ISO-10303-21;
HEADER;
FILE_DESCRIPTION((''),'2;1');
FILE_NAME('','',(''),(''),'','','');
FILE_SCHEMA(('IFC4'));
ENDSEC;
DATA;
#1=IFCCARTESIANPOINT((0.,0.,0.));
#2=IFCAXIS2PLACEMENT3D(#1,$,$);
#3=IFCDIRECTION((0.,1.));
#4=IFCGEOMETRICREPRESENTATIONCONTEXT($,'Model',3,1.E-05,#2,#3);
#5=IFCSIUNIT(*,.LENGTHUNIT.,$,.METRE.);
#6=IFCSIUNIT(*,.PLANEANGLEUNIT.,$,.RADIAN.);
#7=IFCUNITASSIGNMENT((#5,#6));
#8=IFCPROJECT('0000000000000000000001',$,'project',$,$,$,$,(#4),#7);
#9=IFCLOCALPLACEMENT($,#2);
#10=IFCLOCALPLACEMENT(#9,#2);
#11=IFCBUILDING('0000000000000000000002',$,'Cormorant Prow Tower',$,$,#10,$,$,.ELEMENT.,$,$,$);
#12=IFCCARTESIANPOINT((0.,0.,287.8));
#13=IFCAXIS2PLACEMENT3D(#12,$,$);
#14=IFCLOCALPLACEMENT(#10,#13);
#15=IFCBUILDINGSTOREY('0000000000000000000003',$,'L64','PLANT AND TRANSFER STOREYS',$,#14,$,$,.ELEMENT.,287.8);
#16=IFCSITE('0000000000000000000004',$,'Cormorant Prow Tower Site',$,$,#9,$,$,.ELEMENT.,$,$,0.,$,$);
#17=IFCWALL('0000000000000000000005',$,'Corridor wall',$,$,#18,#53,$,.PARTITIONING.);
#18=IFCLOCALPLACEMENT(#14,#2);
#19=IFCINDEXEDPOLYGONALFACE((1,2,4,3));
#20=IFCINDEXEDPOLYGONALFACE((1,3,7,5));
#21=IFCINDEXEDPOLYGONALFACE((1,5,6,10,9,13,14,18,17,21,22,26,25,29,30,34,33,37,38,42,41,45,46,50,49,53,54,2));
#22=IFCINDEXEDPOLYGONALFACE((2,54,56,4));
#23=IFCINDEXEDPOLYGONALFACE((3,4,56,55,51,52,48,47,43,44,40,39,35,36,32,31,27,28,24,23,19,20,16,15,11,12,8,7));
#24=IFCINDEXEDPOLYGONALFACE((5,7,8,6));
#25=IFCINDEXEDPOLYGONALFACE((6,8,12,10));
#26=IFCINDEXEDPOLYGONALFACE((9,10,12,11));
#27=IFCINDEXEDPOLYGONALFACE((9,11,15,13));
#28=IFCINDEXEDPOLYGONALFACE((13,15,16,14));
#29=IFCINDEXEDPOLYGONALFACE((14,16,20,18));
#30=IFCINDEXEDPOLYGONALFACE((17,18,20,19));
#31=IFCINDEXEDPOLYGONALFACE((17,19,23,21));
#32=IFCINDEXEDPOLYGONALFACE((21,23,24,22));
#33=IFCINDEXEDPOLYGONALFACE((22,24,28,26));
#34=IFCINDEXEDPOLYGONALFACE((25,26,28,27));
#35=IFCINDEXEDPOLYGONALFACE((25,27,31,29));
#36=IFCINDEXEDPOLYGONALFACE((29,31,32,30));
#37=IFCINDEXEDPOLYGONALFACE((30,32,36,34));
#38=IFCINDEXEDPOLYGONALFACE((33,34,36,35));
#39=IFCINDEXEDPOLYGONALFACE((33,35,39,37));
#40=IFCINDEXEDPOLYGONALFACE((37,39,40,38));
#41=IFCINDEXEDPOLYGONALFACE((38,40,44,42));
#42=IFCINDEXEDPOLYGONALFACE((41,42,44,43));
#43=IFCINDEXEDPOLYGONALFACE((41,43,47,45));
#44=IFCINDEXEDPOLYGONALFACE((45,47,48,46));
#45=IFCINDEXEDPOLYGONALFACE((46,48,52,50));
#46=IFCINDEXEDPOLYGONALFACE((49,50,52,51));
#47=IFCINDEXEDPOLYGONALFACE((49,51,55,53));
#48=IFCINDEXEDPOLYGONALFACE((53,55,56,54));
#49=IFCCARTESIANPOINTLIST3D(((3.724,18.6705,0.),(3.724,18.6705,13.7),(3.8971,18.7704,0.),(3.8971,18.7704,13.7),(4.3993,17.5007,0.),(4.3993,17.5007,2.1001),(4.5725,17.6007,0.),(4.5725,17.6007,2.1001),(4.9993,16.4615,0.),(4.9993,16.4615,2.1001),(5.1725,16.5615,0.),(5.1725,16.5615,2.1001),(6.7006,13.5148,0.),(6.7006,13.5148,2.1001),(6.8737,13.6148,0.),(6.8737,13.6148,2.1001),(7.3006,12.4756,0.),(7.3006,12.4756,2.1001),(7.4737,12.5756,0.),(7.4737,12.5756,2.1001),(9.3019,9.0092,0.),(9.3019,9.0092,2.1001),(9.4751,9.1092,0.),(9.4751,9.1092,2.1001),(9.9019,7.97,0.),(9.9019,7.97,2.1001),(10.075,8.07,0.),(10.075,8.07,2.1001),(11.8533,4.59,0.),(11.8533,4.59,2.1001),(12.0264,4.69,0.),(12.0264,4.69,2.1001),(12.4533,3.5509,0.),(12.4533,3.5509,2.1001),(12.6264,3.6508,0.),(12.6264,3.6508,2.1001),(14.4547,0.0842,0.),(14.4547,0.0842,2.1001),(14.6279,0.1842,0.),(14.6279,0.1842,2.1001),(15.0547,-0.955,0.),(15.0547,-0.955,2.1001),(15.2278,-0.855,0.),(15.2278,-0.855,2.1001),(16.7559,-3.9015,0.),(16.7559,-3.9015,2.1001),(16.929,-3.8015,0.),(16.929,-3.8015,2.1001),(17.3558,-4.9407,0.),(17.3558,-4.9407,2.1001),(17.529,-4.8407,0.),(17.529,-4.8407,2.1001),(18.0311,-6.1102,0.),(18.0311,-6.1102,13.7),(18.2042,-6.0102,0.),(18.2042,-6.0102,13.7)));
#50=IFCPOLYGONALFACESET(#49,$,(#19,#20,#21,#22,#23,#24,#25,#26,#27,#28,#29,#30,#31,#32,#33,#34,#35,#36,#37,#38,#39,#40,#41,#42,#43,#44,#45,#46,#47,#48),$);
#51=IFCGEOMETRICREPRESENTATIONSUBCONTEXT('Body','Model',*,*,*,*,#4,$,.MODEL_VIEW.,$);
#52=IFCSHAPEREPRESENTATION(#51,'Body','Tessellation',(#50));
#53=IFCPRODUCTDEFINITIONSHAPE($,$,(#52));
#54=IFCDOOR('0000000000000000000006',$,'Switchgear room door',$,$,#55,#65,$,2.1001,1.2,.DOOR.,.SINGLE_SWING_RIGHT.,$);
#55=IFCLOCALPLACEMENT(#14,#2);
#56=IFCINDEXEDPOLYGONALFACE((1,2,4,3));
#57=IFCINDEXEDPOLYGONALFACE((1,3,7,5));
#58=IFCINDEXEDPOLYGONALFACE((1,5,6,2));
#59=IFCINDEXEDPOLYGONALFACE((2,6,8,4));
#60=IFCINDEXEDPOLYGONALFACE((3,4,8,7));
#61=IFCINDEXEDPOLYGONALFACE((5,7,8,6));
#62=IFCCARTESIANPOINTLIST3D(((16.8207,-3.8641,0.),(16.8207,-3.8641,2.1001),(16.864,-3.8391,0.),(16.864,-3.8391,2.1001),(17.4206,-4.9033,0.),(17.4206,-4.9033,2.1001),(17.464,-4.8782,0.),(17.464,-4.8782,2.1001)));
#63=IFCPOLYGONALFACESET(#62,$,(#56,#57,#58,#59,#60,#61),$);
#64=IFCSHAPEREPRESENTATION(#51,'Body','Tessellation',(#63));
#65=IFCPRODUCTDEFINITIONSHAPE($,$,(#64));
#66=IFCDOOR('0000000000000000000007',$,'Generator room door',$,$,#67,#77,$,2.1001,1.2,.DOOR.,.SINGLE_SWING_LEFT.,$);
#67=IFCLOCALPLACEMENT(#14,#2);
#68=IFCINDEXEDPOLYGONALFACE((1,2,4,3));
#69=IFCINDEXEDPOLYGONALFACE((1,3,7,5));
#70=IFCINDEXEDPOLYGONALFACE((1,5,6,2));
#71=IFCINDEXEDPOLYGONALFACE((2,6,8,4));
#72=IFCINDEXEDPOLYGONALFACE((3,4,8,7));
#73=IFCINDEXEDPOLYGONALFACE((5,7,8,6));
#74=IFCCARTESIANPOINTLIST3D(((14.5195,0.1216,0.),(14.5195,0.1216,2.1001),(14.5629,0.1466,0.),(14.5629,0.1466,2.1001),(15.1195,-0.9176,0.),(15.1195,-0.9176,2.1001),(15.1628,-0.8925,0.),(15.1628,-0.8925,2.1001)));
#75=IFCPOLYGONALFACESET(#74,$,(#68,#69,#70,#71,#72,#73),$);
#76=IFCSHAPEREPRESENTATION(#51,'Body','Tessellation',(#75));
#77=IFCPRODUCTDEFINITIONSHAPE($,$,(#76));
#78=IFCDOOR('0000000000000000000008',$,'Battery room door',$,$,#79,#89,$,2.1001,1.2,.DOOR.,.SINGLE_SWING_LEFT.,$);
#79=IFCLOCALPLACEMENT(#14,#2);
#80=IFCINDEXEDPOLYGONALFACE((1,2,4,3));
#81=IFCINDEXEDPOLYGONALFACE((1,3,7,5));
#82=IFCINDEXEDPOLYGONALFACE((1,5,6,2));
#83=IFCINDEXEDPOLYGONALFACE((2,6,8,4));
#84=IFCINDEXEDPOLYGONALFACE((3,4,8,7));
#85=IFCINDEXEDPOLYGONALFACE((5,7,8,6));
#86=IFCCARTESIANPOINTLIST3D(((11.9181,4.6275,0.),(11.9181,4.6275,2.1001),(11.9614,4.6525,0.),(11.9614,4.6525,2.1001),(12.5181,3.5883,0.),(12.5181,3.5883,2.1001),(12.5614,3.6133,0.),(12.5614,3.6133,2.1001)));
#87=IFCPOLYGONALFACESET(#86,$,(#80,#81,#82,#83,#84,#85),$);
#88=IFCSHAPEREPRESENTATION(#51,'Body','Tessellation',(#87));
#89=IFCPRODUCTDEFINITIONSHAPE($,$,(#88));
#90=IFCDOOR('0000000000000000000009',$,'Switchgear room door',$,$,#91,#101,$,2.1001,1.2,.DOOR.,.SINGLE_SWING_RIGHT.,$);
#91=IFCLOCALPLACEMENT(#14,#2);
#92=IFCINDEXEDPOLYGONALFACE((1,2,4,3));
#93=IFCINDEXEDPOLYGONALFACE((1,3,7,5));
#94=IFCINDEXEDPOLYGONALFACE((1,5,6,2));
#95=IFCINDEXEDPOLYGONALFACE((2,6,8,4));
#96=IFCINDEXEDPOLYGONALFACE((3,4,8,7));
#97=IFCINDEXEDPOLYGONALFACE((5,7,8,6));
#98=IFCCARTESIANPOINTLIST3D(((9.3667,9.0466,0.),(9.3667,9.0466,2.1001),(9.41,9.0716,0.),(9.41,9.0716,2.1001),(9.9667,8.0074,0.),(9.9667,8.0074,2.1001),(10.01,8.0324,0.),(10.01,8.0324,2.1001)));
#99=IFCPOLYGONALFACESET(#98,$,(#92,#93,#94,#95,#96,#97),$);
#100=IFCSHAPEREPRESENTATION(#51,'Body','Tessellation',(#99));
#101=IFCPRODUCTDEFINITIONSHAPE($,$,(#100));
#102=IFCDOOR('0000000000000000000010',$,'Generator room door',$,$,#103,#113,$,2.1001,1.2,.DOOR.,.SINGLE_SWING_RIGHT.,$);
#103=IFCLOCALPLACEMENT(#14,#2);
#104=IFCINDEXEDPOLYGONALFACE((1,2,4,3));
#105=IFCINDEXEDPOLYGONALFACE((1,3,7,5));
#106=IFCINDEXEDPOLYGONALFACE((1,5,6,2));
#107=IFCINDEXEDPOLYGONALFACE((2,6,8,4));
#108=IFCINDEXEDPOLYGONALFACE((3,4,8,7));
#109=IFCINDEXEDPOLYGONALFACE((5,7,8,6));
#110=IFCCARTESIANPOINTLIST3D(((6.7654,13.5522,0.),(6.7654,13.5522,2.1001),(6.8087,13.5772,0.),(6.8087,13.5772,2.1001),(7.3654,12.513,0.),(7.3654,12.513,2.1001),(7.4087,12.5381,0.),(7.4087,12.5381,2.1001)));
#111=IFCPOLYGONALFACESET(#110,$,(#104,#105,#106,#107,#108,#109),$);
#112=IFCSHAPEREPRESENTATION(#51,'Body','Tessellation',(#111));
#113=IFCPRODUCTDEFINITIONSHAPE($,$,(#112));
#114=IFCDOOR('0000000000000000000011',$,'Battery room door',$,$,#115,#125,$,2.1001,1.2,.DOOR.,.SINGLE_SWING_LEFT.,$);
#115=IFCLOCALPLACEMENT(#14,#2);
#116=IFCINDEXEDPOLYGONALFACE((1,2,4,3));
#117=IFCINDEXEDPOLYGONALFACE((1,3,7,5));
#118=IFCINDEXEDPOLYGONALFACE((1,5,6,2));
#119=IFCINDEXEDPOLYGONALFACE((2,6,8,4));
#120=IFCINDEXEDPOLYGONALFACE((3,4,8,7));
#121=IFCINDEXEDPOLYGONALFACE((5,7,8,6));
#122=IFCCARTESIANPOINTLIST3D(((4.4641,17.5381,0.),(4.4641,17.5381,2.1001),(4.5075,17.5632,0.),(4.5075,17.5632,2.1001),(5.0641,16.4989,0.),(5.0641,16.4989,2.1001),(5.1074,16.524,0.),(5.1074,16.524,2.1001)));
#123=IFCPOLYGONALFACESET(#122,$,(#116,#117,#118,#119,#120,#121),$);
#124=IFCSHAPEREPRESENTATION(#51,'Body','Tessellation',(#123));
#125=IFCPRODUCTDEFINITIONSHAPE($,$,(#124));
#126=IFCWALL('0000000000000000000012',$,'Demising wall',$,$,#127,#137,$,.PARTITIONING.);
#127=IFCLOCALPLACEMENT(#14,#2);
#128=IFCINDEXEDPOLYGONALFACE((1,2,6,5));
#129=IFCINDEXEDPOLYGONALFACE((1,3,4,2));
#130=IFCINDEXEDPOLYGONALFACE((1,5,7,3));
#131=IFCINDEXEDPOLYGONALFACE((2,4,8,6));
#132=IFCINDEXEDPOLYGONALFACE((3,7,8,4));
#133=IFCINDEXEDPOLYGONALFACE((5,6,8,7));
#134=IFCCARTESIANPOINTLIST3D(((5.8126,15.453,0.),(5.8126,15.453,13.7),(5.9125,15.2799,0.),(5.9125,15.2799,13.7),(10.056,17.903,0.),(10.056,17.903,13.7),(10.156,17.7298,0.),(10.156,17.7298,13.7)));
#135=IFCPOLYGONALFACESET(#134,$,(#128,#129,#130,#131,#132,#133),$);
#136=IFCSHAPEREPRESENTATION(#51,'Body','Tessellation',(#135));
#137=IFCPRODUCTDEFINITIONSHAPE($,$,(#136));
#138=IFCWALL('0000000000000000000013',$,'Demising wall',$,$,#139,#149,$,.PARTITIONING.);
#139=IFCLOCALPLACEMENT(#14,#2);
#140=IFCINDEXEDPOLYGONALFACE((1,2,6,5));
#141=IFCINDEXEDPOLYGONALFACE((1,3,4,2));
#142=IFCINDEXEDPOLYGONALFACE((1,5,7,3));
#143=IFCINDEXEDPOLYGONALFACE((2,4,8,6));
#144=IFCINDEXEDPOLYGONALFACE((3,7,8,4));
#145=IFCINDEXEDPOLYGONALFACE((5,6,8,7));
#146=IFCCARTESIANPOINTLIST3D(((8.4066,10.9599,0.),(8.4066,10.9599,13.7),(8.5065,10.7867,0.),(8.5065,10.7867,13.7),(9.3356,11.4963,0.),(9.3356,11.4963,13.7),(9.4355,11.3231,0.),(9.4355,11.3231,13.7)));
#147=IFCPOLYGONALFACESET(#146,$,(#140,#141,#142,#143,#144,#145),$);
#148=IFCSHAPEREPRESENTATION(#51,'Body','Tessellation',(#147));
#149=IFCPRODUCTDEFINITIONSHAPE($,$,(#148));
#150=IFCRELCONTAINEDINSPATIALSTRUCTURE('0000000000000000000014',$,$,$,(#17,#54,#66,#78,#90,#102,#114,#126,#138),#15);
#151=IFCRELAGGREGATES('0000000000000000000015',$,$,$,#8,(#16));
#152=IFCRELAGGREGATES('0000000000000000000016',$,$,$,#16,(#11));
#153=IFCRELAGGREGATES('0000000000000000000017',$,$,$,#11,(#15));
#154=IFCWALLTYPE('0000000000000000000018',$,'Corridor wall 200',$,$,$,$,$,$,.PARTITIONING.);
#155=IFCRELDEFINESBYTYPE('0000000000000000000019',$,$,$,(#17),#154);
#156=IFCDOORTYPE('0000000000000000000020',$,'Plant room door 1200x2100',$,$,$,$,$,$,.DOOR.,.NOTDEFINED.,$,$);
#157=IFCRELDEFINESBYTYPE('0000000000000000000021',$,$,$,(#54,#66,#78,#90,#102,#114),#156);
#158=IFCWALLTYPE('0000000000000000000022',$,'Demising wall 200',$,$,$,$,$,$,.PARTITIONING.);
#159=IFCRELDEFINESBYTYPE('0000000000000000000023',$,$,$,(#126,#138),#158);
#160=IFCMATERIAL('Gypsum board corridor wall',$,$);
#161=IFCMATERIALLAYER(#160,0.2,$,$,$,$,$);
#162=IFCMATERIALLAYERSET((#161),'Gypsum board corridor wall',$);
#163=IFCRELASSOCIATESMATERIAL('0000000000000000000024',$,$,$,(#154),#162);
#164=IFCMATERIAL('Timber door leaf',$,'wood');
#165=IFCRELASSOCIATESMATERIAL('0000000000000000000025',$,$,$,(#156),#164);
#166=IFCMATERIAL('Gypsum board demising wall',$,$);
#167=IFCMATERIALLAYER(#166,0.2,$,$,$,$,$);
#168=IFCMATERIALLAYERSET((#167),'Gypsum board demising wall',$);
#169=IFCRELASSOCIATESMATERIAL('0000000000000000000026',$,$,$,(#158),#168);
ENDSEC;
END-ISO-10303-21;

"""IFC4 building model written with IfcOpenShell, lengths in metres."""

from ifc_helpers import new_model, si_unit, direction, frame, frame_2d, origin, place, context, subcontext, project, spatial, rectangle, extrude, material, layer, layer_set, type_object, element, fill, save


model = new_model("IFC4")

# Units and contexts
model_context = context("Model", 3, precision=1e-05, world=origin(), true_north=direction((0.0, 1.0)))
body_context = subcontext(model_context, "Body", "Model", "MODEL_VIEW")
ifc_project = project(units=[si_unit("LENGTHUNIT", "METRE"), si_unit("PLANEANGLEUNIT", "RADIAN")], contexts=[model_context])

# Site, building, storey
site_placement = place(None, origin())
site = spatial("IfcSite", under=ifc_project, at=site_placement, Name="Cormorant Prow Tower Site", CompositionType="ELEMENT", RefElevation=0.0)
building_placement = place(site_placement, origin())
building = spatial("IfcBuilding", under=site, at=building_placement, Name="Cormorant Prow Tower", CompositionType="ELEMENT")
storey_placement = place(building_placement, frame((0.0, 0.0, 287.8)))
storey = spatial("IfcBuildingStorey", under=building, at=storey_placement, Name="L64", Description="PLANT AND TRANSFER STOREYS", CompositionType="ELEMENT", Elevation=287.8)

# Wall, openings, doors
ifc_material_1 = material(Name="Gypsum board corridor wall")
ifc_layer_1 = layer(ifc_material_1, 0.2)
ifc_layer_set_1 = layer_set([ifc_layer_1], Name="Gypsum board corridor wall")
wall_type_1 = type_object("IfcWallType", Name="Corridor wall 200", PredefinedType="PARTITIONING", material=ifc_layer_set_1)
wall_1_placement = place(storey_placement, frame((3.8105, 18.7205, 0.0), z_axis=(0.0, 0.0, 1.0), x_axis=(0.499999, -0.866026, 0.0)))
wall_1 = element("IfcWall", 1, at=wall_1_placement, inside=storey, type_object=wall_type_1, Name="Corridor wall", PredefinedType="PARTITIONING", context=body_context, shape_type="SweptSolid", body=[
    extrude(rectangle(XDim=28.6143, YDim=0.2, at=frame_2d((14.3071, 0.0))), origin(), (0.0, 0.0, 1.0), 13.7),
])
opening_1_placement = place(wall_1_placement, frame((26.0637, 0.0, 0.0)))
opening_1 = element("IfcOpeningElement", 2, at=opening_1_placement, cuts=wall_1, PredefinedType="OPENING", context=body_context, shape_type="SweptSolid", body=[
    extrude(rectangle(XDim=1.2, YDim=2.1001, at=frame_2d((0.6001, 1.05))), frame((0.0, 0.1099, 0.0), z_axis=(0.0, -1.0, 0.0), x_axis=(1.0, 0.0, 0.0)), (0.0, 0.0, 1.0), 0.22),
])
opening_2_placement = place(wall_1_placement, frame((21.4614, 0.0, 0.0)))
opening_2 = element("IfcOpeningElement", 3, at=opening_2_placement, cuts=wall_1, PredefinedType="OPENING", context=body_context, shape_type="SweptSolid", body=[
    extrude(rectangle(XDim=1.2, YDim=2.1001, at=frame_2d((0.6001, 1.05))), frame((0.0, 0.1099, 0.0), z_axis=(0.0, -1.0, 0.0), x_axis=(1.0, 0.0, 0.0)), (0.0, 0.0, 1.0), 0.22),
])
opening_3_placement = place(wall_1_placement, frame((16.2585, 0.0, 0.0)))
opening_3 = element("IfcOpeningElement", 4, at=opening_3_placement, cuts=wall_1, PredefinedType="OPENING", context=body_context, shape_type="SweptSolid", body=[
    extrude(rectangle(XDim=1.2, YDim=2.1001, at=frame_2d((0.6001, 1.05))), frame((0.0, 0.1099, 0.0), z_axis=(0.0, -1.0, 0.0), x_axis=(1.0, 0.0, 0.0)), (0.0, 0.0, 1.0), 0.22),
])
opening_4_placement = place(wall_1_placement, frame((11.1558, 0.0, 0.0)))
opening_4 = element("IfcOpeningElement", 5, at=opening_4_placement, cuts=wall_1, PredefinedType="OPENING", context=body_context, shape_type="SweptSolid", body=[
    extrude(rectangle(XDim=1.2, YDim=2.1001, at=frame_2d((0.6001, 1.05))), frame((0.0, 0.1099, 0.0), z_axis=(0.0, -1.0, 0.0), x_axis=(1.0, 0.0, 0.0)), (0.0, 0.0, 1.0), 0.22),
])
opening_5_placement = place(wall_1_placement, frame((5.9531, 0.0, 0.0)))
opening_5 = element("IfcOpeningElement", 6, at=opening_5_placement, cuts=wall_1, PredefinedType="OPENING", context=body_context, shape_type="SweptSolid", body=[
    extrude(rectangle(XDim=1.2, YDim=2.1001, at=frame_2d((0.6001, 1.05))), frame((0.0, 0.1099, 0.0), z_axis=(0.0, -1.0, 0.0), x_axis=(1.0, 0.0, 0.0)), (0.0, 0.0, 1.0), 0.22),
])
opening_6_placement = place(wall_1_placement, frame((1.3506, 0.0, 0.0)))
opening_6 = element("IfcOpeningElement", 7, at=opening_6_placement, cuts=wall_1, PredefinedType="OPENING", context=body_context, shape_type="SweptSolid", body=[
    extrude(rectangle(XDim=1.2, YDim=2.1001, at=frame_2d((0.6001, 1.05))), frame((0.0, 0.1099, 0.0), z_axis=(0.0, -1.0, 0.0), x_axis=(1.0, 0.0, 0.0)), (0.0, 0.0, 1.0), 0.22),
])
ifc_material_2 = material(Name="Timber door leaf", Category="wood")
door_type_1 = type_object("IfcDoorType", Name="Plant room door 1200x2100", OperationType="NOTDEFINED", PredefinedType="DOOR", material=ifc_material_2)
door_1_placement = place(opening_1_placement, origin())
door_1 = element("IfcDoor", 8, at=door_1_placement, inside=storey, type_object=door_type_1, Name="Switchgear room door", OperationType="SINGLE_SWING_RIGHT", OverallHeight=2.1001, OverallWidth=1.2, PredefinedType="DOOR", context=body_context, shape_type="SweptSolid", body=[
    extrude(rectangle(XDim=1.2, YDim=2.1001, at=frame_2d((0.6001, 1.05))), frame((0.0, 0.0249, 0.0), z_axis=(0.0, -1.0, 0.0), x_axis=(1.0, 0.0, 0.0)), (0.0, 0.0, 1.0), 0.05),
])
fill(opening_1, door_1)
door_2_placement = place(opening_2_placement, origin())
door_2 = element("IfcDoor", 9, at=door_2_placement, inside=storey, type_object=door_type_1, Name="Generator room door", OperationType="SINGLE_SWING_LEFT", OverallHeight=2.1001, OverallWidth=1.2, PredefinedType="DOOR", context=body_context, shape_type="SweptSolid", body=[
    extrude(rectangle(XDim=1.2, YDim=2.1001, at=frame_2d((0.6001, 1.05))), frame((0.0, 0.0249, 0.0), z_axis=(0.0, -1.0, 0.0), x_axis=(1.0, 0.0, 0.0)), (0.0, 0.0, 1.0), 0.05),
])
fill(opening_2, door_2)
door_3_placement = place(opening_3_placement, origin())
door_3 = element("IfcDoor", 10, at=door_3_placement, inside=storey, type_object=door_type_1, Name="Battery room door", OperationType="SINGLE_SWING_LEFT", OverallHeight=2.1001, OverallWidth=1.2, PredefinedType="DOOR", context=body_context, shape_type="SweptSolid", body=[
    extrude(rectangle(XDim=1.2, YDim=2.1001, at=frame_2d((0.6001, 1.05))), frame((0.0, 0.0249, 0.0), z_axis=(0.0, -1.0, 0.0), x_axis=(1.0, 0.0, 0.0)), (0.0, 0.0, 1.0), 0.05),
])
fill(opening_3, door_3)
door_4_placement = place(opening_4_placement, origin())
door_4 = element("IfcDoor", 11, at=door_4_placement, inside=storey, type_object=door_type_1, Name="Switchgear room door", OperationType="SINGLE_SWING_RIGHT", OverallHeight=2.1001, OverallWidth=1.2, PredefinedType="DOOR", context=body_context, shape_type="SweptSolid", body=[
    extrude(rectangle(XDim=1.2, YDim=2.1001, at=frame_2d((0.6001, 1.05))), frame((0.0, 0.0249, 0.0), z_axis=(0.0, -1.0, 0.0), x_axis=(1.0, 0.0, 0.0)), (0.0, 0.0, 1.0), 0.05),
])
fill(opening_4, door_4)
door_5_placement = place(opening_5_placement, origin())
door_5 = element("IfcDoor", 12, at=door_5_placement, inside=storey, type_object=door_type_1, Name="Generator room door", OperationType="SINGLE_SWING_RIGHT", OverallHeight=2.1001, OverallWidth=1.2, PredefinedType="DOOR", context=body_context, shape_type="SweptSolid", body=[
    extrude(rectangle(XDim=1.2, YDim=2.1001, at=frame_2d((0.6001, 1.05))), frame((0.0, 0.0249, 0.0), z_axis=(0.0, -1.0, 0.0), x_axis=(1.0, 0.0, 0.0)), (0.0, 0.0, 1.0), 0.05),
])
fill(opening_5, door_5)
door_6_placement = place(opening_6_placement, origin())
door_6 = element("IfcDoor", 13, at=door_6_placement, inside=storey, type_object=door_type_1, Name="Battery room door", OperationType="SINGLE_SWING_LEFT", OverallHeight=2.1001, OverallWidth=1.2, PredefinedType="DOOR", context=body_context, shape_type="SweptSolid", body=[
    extrude(rectangle(XDim=1.2, YDim=2.1001, at=frame_2d((0.6001, 1.05))), frame((0.0, 0.0249, 0.0), z_axis=(0.0, -1.0, 0.0), x_axis=(1.0, 0.0, 0.0)), (0.0, 0.0, 1.0), 0.05),
])
fill(opening_6, door_6)

# Walls
ifc_material_3 = material(Name="Gypsum board demising wall")
ifc_layer_2 = layer(ifc_material_3, 0.2)
ifc_layer_set_2 = layer_set([ifc_layer_2], Name="Gypsum board demising wall")
wall_type_2 = type_object("IfcWallType", Name="Demising wall 200", PredefinedType="PARTITIONING", material=ifc_layer_set_2)
wall_2_placement = place(storey_placement, frame((5.8625, 15.3665, 0.0), z_axis=(0.0, 0.0, 1.0), x_axis=(0.866024, 0.500003, 0.0)))
element("IfcWall", 14, at=wall_2_placement, inside=storey, type_object=wall_type_2, Name="Demising wall", PredefinedType="PARTITIONING", context=body_context, shape_type="SweptSolid", body=[
    extrude(rectangle(XDim=4.8999, YDim=0.2, at=frame_2d((2.45, 0.0))), origin(), (0.0, 0.0, 1.0), 13.7),
])
wall_3_placement = place(storey_placement, frame((8.4565, 10.8733, 0.0), z_axis=(0.0, 0.0, 1.0), x_axis=(0.866007, 0.500031, 0.0)))
element("IfcWall", 15, at=wall_3_placement, inside=storey, type_object=wall_type_2, Name="Demising wall", PredefinedType="PARTITIONING", context=body_context, shape_type="SweptSolid", body=[
    extrude(rectangle(XDim=1.0728, YDim=0.2, at=frame_2d((0.5364, 0.0))), origin(), (0.0, 0.0, 1.0), 13.7),
])

save(model, "model.ifc")
